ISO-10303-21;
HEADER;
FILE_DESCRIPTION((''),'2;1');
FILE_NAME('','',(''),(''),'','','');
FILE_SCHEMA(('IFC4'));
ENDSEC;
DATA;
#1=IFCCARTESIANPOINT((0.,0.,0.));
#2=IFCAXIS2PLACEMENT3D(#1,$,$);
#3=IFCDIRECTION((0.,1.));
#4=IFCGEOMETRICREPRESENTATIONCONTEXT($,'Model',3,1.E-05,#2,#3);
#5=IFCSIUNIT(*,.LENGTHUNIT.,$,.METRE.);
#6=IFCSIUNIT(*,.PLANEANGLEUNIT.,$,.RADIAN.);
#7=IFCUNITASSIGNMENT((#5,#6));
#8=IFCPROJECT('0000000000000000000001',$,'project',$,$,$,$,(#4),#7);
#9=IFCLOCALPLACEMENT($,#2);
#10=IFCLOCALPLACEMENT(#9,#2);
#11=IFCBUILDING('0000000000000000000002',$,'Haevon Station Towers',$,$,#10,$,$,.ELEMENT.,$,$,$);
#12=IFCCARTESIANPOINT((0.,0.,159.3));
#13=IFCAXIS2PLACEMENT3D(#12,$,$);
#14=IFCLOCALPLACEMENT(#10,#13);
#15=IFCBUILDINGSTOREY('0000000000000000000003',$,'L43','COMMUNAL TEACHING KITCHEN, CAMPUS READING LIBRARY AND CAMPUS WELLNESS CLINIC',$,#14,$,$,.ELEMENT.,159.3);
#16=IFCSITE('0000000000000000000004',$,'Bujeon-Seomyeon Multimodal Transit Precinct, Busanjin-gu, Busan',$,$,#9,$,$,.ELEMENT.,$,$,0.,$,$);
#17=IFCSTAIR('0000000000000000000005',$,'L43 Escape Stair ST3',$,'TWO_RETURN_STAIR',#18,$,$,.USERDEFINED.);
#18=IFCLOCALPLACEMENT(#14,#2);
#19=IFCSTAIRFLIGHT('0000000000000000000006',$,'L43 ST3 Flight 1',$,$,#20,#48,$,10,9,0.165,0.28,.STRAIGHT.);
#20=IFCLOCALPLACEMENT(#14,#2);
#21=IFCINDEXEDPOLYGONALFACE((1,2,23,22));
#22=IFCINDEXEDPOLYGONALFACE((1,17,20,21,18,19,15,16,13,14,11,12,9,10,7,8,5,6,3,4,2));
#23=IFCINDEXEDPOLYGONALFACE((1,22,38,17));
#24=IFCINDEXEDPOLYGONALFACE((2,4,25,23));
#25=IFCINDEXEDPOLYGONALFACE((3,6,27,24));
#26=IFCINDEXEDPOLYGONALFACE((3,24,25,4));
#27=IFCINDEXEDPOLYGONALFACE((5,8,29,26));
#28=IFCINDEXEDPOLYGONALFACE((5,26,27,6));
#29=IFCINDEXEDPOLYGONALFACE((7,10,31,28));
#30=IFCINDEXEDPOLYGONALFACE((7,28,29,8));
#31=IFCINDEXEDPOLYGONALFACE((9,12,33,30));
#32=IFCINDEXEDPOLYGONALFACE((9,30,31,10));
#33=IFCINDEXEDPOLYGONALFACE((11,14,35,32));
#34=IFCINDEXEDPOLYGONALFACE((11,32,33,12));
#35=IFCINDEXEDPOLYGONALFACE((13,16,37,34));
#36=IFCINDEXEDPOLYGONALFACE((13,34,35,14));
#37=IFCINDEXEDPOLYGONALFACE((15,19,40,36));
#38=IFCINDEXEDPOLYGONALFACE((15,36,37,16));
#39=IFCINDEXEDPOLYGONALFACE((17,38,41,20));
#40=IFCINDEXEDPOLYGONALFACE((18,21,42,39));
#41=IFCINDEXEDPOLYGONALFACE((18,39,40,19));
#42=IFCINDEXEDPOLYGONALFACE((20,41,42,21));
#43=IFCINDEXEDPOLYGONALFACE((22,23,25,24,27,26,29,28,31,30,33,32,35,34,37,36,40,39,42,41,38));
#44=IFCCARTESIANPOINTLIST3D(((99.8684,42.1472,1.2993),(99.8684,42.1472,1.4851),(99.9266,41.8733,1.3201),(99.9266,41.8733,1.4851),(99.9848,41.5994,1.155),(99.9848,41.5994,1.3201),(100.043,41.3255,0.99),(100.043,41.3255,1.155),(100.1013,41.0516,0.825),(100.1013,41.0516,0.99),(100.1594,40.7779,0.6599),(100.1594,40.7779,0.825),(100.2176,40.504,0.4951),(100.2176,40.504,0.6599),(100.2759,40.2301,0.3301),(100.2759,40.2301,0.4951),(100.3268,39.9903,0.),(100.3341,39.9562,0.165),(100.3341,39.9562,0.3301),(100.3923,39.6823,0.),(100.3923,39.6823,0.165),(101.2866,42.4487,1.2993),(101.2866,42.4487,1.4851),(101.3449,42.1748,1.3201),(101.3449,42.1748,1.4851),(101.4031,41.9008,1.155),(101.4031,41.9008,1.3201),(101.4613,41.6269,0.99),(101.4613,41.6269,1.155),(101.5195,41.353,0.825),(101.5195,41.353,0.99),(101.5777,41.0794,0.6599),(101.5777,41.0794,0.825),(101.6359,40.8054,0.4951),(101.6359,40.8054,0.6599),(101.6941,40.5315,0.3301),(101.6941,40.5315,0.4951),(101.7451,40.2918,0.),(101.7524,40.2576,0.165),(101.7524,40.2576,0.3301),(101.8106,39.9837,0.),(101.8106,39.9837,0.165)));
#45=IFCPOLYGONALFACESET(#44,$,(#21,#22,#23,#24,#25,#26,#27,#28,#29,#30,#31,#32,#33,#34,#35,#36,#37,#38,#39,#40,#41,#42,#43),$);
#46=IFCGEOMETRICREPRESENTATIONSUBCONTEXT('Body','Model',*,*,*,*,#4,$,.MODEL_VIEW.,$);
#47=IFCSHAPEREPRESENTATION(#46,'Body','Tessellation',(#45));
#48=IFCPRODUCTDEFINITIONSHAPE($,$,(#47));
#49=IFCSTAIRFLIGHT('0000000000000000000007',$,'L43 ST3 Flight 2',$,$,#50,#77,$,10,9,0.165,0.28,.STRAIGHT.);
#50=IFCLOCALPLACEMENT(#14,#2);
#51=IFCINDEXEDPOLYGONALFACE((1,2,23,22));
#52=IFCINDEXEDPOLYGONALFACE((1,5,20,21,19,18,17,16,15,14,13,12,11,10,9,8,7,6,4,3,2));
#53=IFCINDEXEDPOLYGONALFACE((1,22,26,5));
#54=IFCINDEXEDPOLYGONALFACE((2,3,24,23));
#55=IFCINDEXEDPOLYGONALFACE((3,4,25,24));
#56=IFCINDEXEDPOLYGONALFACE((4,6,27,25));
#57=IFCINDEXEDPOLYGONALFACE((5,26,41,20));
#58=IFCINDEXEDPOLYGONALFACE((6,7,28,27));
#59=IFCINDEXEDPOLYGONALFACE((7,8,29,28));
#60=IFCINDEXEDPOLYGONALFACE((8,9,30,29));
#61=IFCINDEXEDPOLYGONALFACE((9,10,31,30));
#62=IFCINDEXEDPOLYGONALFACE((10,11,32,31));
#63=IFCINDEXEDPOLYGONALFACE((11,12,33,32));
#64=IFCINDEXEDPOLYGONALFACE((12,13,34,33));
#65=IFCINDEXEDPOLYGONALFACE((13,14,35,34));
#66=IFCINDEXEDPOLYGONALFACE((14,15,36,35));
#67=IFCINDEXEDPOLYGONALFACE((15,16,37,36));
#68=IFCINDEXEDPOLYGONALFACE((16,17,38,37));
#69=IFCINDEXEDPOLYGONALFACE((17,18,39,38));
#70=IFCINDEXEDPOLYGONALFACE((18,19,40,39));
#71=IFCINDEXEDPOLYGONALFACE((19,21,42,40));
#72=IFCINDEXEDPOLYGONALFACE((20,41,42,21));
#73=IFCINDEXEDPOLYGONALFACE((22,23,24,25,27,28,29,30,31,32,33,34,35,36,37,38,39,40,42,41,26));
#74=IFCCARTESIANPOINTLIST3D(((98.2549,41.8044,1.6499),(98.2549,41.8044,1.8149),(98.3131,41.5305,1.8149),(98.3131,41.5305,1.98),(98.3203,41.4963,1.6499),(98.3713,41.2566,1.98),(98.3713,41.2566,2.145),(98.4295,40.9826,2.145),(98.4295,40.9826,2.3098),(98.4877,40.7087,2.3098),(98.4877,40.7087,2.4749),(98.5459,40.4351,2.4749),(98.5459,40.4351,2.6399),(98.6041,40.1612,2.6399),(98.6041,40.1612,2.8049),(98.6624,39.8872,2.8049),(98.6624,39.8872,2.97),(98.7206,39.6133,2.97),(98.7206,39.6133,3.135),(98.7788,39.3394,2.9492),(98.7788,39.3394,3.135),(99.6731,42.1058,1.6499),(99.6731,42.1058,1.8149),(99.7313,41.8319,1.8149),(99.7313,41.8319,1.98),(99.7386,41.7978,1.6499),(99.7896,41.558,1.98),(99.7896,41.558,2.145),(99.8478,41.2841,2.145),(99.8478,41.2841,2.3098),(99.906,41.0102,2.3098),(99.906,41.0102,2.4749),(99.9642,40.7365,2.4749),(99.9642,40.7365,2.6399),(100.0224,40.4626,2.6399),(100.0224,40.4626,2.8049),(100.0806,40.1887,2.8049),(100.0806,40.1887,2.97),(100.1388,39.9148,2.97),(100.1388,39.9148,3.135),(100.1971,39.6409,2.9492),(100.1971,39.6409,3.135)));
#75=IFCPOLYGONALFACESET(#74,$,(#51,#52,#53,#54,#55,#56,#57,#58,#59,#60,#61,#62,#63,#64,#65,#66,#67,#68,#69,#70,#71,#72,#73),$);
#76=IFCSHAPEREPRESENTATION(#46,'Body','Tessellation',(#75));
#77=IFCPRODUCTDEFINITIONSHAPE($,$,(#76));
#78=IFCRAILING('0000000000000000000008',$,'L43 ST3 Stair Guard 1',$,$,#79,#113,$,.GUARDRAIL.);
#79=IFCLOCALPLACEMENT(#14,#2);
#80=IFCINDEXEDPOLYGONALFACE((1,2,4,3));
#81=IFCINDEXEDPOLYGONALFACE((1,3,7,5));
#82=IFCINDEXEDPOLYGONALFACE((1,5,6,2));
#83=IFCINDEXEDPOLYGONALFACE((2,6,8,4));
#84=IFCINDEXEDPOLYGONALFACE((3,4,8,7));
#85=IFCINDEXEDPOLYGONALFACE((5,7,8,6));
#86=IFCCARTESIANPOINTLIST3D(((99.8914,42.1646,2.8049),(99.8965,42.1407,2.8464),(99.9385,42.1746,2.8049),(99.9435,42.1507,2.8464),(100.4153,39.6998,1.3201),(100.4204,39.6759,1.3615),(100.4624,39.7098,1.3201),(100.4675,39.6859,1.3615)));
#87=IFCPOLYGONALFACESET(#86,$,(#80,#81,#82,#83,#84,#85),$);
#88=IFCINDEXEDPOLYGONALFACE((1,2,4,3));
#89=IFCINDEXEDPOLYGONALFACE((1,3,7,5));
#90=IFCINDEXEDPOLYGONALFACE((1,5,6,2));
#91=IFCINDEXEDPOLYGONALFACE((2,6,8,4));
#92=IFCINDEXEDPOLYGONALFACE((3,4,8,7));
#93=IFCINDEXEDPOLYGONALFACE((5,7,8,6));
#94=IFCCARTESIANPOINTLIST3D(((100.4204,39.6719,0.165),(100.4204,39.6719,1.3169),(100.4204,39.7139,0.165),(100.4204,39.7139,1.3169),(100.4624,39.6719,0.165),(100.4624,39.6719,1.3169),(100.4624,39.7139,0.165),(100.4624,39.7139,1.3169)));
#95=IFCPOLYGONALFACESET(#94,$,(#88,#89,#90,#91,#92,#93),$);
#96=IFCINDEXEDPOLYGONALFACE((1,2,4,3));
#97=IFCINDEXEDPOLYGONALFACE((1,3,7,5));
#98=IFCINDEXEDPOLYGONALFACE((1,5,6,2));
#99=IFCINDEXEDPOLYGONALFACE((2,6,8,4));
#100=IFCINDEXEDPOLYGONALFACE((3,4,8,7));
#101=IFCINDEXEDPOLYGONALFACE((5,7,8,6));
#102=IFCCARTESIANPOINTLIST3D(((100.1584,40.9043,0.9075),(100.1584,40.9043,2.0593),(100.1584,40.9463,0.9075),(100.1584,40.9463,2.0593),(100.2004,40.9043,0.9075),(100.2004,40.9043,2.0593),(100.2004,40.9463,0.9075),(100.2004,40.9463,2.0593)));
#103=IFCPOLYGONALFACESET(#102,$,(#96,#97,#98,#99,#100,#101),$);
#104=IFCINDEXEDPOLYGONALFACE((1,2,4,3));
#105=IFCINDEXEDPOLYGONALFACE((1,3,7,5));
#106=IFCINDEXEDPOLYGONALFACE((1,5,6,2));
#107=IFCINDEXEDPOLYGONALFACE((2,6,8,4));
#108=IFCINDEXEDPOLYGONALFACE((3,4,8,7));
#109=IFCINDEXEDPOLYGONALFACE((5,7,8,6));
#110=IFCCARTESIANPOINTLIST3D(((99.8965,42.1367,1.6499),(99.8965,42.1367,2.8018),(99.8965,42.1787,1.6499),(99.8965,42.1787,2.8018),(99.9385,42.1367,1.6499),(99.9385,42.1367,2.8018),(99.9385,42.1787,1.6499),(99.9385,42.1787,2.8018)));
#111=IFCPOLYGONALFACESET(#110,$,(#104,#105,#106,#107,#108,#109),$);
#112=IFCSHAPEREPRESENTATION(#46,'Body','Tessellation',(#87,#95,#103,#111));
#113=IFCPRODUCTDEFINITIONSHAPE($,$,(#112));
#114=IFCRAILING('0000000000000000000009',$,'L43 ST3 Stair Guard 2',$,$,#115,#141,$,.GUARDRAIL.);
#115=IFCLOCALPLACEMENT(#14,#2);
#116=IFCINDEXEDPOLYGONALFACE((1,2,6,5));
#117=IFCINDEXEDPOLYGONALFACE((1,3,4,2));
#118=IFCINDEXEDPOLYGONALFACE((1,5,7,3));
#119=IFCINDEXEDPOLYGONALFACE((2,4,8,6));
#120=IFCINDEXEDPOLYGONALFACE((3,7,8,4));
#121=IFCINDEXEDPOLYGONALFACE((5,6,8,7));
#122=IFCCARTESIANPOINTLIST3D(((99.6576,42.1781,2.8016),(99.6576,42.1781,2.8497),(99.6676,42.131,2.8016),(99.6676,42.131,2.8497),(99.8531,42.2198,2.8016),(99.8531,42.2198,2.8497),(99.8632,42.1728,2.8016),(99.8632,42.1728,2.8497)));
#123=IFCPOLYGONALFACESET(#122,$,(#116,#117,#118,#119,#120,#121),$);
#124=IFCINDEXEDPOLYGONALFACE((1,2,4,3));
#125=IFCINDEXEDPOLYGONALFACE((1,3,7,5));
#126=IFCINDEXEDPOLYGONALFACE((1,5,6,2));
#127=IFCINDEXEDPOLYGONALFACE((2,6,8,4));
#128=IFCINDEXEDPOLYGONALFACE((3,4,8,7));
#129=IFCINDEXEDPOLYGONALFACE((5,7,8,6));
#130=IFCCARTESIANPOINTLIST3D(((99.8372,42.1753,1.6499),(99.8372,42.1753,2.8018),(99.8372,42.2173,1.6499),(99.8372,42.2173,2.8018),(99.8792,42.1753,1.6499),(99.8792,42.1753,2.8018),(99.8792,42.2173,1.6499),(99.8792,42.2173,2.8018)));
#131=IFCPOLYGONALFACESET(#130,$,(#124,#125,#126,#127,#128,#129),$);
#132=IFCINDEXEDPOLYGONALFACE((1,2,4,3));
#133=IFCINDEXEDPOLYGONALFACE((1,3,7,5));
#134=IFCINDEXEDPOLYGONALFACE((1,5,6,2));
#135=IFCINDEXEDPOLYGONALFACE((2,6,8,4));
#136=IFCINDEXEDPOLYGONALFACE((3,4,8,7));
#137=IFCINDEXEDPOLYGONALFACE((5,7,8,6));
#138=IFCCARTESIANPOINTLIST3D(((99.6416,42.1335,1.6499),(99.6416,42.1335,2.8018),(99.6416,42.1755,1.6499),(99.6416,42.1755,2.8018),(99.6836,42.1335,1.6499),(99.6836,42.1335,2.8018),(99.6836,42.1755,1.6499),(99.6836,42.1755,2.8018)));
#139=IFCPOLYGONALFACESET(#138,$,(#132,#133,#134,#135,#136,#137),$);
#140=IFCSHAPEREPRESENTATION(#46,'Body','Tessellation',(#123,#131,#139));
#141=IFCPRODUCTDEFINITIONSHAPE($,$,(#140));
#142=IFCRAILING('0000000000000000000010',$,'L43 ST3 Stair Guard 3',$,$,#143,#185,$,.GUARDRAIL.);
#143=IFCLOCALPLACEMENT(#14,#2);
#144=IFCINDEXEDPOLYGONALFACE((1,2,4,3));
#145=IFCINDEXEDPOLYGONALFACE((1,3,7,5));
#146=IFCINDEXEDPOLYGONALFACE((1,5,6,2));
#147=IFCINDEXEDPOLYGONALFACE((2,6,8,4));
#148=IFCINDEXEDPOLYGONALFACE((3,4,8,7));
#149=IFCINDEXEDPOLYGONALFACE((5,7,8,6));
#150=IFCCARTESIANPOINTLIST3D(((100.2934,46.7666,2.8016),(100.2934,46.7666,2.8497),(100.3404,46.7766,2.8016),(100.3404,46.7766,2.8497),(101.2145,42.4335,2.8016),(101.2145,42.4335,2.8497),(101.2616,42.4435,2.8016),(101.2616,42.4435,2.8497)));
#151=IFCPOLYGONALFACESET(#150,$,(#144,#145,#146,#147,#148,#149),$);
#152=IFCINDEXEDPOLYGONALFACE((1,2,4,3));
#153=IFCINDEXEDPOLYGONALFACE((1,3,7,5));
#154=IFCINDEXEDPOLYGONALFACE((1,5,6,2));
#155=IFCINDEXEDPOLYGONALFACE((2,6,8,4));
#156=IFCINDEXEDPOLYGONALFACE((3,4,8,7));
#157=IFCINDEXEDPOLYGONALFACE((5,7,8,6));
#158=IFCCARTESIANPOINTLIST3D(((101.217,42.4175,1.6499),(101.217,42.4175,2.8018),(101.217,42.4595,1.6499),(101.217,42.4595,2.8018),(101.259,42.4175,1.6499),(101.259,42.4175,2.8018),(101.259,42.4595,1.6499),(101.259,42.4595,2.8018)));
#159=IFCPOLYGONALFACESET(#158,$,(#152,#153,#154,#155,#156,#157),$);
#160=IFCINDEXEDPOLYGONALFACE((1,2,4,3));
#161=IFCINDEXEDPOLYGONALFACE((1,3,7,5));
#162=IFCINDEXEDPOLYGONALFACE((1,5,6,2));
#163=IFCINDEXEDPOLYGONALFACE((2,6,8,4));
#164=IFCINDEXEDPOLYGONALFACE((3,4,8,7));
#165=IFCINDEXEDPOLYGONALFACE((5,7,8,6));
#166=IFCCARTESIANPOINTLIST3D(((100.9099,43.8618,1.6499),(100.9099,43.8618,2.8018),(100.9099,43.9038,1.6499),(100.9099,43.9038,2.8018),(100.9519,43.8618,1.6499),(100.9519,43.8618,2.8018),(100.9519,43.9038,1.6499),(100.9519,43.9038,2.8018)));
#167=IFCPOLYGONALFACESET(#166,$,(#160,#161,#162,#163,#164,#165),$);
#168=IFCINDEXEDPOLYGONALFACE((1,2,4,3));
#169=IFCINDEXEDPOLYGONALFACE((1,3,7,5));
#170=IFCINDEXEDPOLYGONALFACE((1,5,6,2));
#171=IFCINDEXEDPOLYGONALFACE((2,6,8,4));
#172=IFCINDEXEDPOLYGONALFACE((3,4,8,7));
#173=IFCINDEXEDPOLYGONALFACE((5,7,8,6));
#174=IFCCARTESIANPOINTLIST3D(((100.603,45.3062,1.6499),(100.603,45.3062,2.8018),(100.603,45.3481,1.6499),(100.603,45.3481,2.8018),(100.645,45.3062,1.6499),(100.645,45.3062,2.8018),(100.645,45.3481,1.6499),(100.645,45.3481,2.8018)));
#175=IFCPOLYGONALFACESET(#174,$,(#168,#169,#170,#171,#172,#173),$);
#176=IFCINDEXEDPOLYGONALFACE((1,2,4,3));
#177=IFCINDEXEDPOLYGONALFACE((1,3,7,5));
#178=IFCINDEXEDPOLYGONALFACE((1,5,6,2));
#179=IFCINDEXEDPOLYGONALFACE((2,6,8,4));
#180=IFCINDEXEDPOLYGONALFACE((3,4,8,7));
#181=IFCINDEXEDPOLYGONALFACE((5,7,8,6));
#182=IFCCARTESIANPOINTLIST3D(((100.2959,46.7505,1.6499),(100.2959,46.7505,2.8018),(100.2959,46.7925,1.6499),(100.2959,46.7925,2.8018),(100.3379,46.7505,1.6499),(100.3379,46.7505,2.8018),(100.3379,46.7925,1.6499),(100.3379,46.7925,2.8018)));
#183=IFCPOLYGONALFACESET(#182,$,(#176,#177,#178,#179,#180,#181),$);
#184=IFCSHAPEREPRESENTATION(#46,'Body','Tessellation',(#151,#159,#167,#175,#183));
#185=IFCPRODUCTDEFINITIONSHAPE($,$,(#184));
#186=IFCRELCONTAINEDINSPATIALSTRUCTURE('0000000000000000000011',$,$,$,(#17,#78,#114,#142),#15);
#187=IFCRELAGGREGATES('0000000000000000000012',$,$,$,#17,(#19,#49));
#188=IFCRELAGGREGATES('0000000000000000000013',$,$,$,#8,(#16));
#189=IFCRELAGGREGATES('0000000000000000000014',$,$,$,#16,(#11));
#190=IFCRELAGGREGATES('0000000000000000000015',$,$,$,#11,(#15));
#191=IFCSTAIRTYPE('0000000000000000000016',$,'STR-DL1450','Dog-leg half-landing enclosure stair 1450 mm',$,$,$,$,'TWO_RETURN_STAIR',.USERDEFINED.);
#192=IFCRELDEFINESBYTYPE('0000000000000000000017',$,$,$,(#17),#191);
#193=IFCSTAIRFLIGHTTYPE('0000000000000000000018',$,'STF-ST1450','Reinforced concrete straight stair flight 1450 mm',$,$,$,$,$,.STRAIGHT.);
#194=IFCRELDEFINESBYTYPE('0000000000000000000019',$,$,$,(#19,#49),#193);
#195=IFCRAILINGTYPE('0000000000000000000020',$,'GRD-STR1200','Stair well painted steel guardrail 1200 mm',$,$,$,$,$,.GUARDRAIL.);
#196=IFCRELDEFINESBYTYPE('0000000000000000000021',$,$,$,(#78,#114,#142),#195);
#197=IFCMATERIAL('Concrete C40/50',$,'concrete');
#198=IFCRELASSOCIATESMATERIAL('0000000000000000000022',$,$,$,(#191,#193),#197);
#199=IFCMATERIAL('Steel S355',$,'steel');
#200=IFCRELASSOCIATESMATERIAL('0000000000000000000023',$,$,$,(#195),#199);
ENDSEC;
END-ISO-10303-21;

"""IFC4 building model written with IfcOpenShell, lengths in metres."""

from ifc_helpers import new_model, si_unit, direction, frame, origin, origin_2d, place, context, subcontext, project, spatial, polyline, rectangle, outline, extrude, material, type_object, element, aggregate, save


model = new_model("IFC4")

# Units and contexts
model_context = context("Model", 3, precision=1e-05, world=origin(), true_north=direction((0.0, 1.0)))
body_context = subcontext(model_context, "Body", "Model", "MODEL_VIEW")
ifc_project = project(units=[si_unit("LENGTHUNIT", "METRE"), si_unit("PLANEANGLEUNIT", "RADIAN")], contexts=[model_context])

# Site, building, storey
site_placement = place(None, origin())
site = spatial("IfcSite", under=ifc_project, at=site_placement, Name="Bujeon-Seomyeon Multimodal Transit Precinct, Busanjin-gu, Busan", CompositionType="ELEMENT", RefElevation=0.0)
building_placement = place(site_placement, origin())
building = spatial("IfcBuilding", under=site, at=building_placement, Name="Haevon Station Towers", CompositionType="ELEMENT")
storey_placement = place(building_placement, frame((0.0, 0.0, 159.3)))
storey = spatial("IfcBuildingStorey", under=building, at=storey_placement, Name="L43", Description="COMMUNAL TEACHING KITCHEN, CAMPUS READING LIBRARY AND CAMPUS WELLNESS CLINIC", CompositionType="ELEMENT", Elevation=159.3)

# Shared definitions
ifc_material_1 = material(Name="Steel S355", Category="steel")

# Shared definitions
ifc_material_2 = material(Name="Concrete C40/50", Category="concrete")

# Stair, stair flights
stair_type = type_object("IfcStairType", Name="STR-DL1450", Description="Dog-leg half-landing enclosure stair 1450 mm", ElementType="TWO_RETURN_STAIR", PredefinedType="USERDEFINED", material=ifc_material_2)
stair_placement = place(storey_placement, origin())
stair = element("IfcStair", 1, at=stair_placement, inside=storey, type_object=stair_type, Name="L43 Escape Stair ST3", ObjectType="TWO_RETURN_STAIR", PredefinedType="USERDEFINED")
stair_flight_type = type_object("IfcStairFlightType", Name="STF-ST1450", Description="Reinforced concrete straight stair flight 1450 mm", PredefinedType="STRAIGHT", material=ifc_material_2)
stair_flight_1_placement = place(storey_placement, frame((101.1016, 39.833, 0.0), z_axis=(0.0, 0.0, 1.0), x_axis=(-0.207912, 0.978148, 0.0)))
stair_flight_1 = element("IfcStairFlight", 2, at=stair_flight_1_placement, type_object=stair_flight_type, Name="L43 ST3 Flight 1", NumberOfRisers=10, NumberOfTreads=9, PredefinedType="STRAIGHT", RiserHeight=0.165, TreadLength=0.28, context=body_context, shape_type="SweptSolid", body=[
    extrude(outline(polyline([(0.0, 0.0), (0.0, 0.165), (0.28, 0.165), (0.28, 0.3301), (0.5601, 0.3301), (0.5601, 0.4951), (0.8401, 0.4951), (0.8401, 0.6599), (1.1201, 0.6599), (1.1201, 0.825), (1.3999, 0.825), (1.3999, 0.99), (1.6799, 0.99), (1.6799, 1.155), (1.96, 1.155), (1.96, 1.3201), (2.24, 1.3201), (2.24, 1.4851), (2.52, 1.4851), (2.52, 1.6499), (2.52, 1.2993), (0.3149, 0.0), (0.0, 0.0)])), frame((0.0, 0.7251, 0.0), z_axis=(0.0, -1.0, 0.0), x_axis=(1.0, 0.0, 0.0)), (0.0, 0.0, 1.0), 1.45),
])
stair_flight_2_placement = place(storey_placement, frame((98.9639, 41.9551, 1.6499), z_axis=(0.0, 0.0, 1.0), x_axis=(0.207912, -0.978148, 0.0)))
stair_flight_2 = element("IfcStairFlight", 3, at=stair_flight_2_placement, type_object=stair_flight_type, Name="L43 ST3 Flight 2", NumberOfRisers=10, NumberOfTreads=9, PredefinedType="STRAIGHT", RiserHeight=0.165, TreadLength=0.28, context=body_context, shape_type="SweptSolid", body=[
    extrude(outline(polyline([(0.0, 0.0), (0.0, 0.165), (0.28, 0.165), (0.28, 0.3301), (0.5601, 0.3301), (0.5601, 0.4951), (0.8401, 0.4951), (0.8401, 0.6599), (1.1201, 0.6599), (1.1201, 0.825), (1.3999, 0.825), (1.3999, 0.99), (1.6799, 0.99), (1.6799, 1.155), (1.96, 1.155), (1.96, 1.3201), (2.24, 1.3201), (2.24, 1.4851), (2.52, 1.4851), (2.52, 1.6499), (2.52, 1.2993), (0.3149, 0.0), (0.0, 0.0)])), frame((0.0, 0.7251, 0.0), z_axis=(0.0, -1.0, 0.0), x_axis=(1.0, 0.0, 0.0)), (0.0, 0.0, 1.0), 1.45),
])
aggregate(stair, [stair_flight_1, stair_flight_2])

# Railings
railing_type_1 = type_object("IfcRailingType", Name="GRD-STR1200", Description="Stair well painted steel guardrail 1200 mm", PredefinedType="GUARDRAIL", material=ifc_material_1)
railing_1_placement = place(storey_placement, frame((100.4414, 39.6929, 0.165)))
element("IfcRailing", 4, at=railing_1_placement, inside=storey, type_object=railing_type_1, Name="L43 ST3 Stair Guard 1", PredefinedType="GUARDRAIL", context=body_context, shape_type="SweptSolid", body=[
    extrude(rectangle(XDim=0.0481, YDim=0.0481, at=origin_2d()), frame((0.0, 0.0, 1.1758), z_axis=(-0.179129, 0.842724, 0.507671), x_axis=(-0.978147, -0.207914, 0.0)), (0.0, 0.0, 1.0), 2.9248),
    extrude(rectangle(XDim=0.042, YDim=0.042, at=origin_2d()), origin(), (0.0, 0.0, 1.0), 1.1519),
    extrude(rectangle(XDim=0.042, YDim=0.042, at=origin_2d()), frame((-0.262, 1.2324, 0.7424)), (0.0, 0.0, 1.0), 1.1519),
    extrude(rectangle(XDim=0.042, YDim=0.042, at=origin_2d()), frame((-0.5239, 2.4648, 1.4849)), (0.0, 0.0, 1.0), 1.1519),
])
railing_2_placement = place(storey_placement, frame((99.8582, 42.1963, 1.6499)))
element("IfcRailing", 5, at=railing_2_placement, inside=storey, type_object=railing_type_1, Name="L43 ST3 Stair Guard 2", PredefinedType="GUARDRAIL", context=body_context, shape_type="SweptSolid", body=[
    extrude(rectangle(XDim=0.0481, YDim=0.0481, at=origin_2d()), frame((0.0, 0.0, 1.1758), z_axis=(-0.977963, -0.208779, 0.0), x_axis=(0.208779, -0.977963, 0.0)), (0.0, 0.0, 1.0), 0.2),
    extrude(rectangle(XDim=0.042, YDim=0.042, at=origin_2d()), origin(), (0.0, 0.0, 1.0), 1.1519),
    extrude(rectangle(XDim=0.042, YDim=0.042, at=origin_2d()), frame((-0.1956, -0.0417, 0.0)), (0.0, 0.0, 1.0), 1.1519),
])
railing_3_placement = place(storey_placement, frame((101.238, 42.4385, 1.6499)))
element("IfcRailing", 6, at=railing_3_placement, inside=storey, type_object=railing_type_1, Name="L43 ST3 Stair Guard 3", PredefinedType="GUARDRAIL", context=body_context, shape_type="SweptSolid", body=[
    extrude(rectangle(XDim=0.0481, YDim=0.0481, at=origin_2d()), frame((0.0, 0.0, 1.1758), z_axis=(-0.20794, 0.978141, 0.0), x_axis=(-0.978141, -0.20794, 0.0)), (0.0, 0.0, 1.0), 4.4299),
    extrude(rectangle(XDim=0.042, YDim=0.042, at=origin_2d()), origin(), (0.0, 0.0, 1.0), 1.1519),
    extrude(rectangle(XDim=0.042, YDim=0.042, at=origin_2d()), frame((-0.3071, 1.4443, 0.0)), (0.0, 0.0, 1.0), 1.1519),
    extrude(rectangle(XDim=0.042, YDim=0.042, at=origin_2d()), frame((-0.614, 2.8887, 0.0)), (0.0, 0.0, 1.0), 1.1519),
    extrude(rectangle(XDim=0.042, YDim=0.042, at=origin_2d()), frame((-0.9211, 4.333, 0.0)), (0.0, 0.0, 1.0), 1.1519),
])

save(model, "model.ifc")
